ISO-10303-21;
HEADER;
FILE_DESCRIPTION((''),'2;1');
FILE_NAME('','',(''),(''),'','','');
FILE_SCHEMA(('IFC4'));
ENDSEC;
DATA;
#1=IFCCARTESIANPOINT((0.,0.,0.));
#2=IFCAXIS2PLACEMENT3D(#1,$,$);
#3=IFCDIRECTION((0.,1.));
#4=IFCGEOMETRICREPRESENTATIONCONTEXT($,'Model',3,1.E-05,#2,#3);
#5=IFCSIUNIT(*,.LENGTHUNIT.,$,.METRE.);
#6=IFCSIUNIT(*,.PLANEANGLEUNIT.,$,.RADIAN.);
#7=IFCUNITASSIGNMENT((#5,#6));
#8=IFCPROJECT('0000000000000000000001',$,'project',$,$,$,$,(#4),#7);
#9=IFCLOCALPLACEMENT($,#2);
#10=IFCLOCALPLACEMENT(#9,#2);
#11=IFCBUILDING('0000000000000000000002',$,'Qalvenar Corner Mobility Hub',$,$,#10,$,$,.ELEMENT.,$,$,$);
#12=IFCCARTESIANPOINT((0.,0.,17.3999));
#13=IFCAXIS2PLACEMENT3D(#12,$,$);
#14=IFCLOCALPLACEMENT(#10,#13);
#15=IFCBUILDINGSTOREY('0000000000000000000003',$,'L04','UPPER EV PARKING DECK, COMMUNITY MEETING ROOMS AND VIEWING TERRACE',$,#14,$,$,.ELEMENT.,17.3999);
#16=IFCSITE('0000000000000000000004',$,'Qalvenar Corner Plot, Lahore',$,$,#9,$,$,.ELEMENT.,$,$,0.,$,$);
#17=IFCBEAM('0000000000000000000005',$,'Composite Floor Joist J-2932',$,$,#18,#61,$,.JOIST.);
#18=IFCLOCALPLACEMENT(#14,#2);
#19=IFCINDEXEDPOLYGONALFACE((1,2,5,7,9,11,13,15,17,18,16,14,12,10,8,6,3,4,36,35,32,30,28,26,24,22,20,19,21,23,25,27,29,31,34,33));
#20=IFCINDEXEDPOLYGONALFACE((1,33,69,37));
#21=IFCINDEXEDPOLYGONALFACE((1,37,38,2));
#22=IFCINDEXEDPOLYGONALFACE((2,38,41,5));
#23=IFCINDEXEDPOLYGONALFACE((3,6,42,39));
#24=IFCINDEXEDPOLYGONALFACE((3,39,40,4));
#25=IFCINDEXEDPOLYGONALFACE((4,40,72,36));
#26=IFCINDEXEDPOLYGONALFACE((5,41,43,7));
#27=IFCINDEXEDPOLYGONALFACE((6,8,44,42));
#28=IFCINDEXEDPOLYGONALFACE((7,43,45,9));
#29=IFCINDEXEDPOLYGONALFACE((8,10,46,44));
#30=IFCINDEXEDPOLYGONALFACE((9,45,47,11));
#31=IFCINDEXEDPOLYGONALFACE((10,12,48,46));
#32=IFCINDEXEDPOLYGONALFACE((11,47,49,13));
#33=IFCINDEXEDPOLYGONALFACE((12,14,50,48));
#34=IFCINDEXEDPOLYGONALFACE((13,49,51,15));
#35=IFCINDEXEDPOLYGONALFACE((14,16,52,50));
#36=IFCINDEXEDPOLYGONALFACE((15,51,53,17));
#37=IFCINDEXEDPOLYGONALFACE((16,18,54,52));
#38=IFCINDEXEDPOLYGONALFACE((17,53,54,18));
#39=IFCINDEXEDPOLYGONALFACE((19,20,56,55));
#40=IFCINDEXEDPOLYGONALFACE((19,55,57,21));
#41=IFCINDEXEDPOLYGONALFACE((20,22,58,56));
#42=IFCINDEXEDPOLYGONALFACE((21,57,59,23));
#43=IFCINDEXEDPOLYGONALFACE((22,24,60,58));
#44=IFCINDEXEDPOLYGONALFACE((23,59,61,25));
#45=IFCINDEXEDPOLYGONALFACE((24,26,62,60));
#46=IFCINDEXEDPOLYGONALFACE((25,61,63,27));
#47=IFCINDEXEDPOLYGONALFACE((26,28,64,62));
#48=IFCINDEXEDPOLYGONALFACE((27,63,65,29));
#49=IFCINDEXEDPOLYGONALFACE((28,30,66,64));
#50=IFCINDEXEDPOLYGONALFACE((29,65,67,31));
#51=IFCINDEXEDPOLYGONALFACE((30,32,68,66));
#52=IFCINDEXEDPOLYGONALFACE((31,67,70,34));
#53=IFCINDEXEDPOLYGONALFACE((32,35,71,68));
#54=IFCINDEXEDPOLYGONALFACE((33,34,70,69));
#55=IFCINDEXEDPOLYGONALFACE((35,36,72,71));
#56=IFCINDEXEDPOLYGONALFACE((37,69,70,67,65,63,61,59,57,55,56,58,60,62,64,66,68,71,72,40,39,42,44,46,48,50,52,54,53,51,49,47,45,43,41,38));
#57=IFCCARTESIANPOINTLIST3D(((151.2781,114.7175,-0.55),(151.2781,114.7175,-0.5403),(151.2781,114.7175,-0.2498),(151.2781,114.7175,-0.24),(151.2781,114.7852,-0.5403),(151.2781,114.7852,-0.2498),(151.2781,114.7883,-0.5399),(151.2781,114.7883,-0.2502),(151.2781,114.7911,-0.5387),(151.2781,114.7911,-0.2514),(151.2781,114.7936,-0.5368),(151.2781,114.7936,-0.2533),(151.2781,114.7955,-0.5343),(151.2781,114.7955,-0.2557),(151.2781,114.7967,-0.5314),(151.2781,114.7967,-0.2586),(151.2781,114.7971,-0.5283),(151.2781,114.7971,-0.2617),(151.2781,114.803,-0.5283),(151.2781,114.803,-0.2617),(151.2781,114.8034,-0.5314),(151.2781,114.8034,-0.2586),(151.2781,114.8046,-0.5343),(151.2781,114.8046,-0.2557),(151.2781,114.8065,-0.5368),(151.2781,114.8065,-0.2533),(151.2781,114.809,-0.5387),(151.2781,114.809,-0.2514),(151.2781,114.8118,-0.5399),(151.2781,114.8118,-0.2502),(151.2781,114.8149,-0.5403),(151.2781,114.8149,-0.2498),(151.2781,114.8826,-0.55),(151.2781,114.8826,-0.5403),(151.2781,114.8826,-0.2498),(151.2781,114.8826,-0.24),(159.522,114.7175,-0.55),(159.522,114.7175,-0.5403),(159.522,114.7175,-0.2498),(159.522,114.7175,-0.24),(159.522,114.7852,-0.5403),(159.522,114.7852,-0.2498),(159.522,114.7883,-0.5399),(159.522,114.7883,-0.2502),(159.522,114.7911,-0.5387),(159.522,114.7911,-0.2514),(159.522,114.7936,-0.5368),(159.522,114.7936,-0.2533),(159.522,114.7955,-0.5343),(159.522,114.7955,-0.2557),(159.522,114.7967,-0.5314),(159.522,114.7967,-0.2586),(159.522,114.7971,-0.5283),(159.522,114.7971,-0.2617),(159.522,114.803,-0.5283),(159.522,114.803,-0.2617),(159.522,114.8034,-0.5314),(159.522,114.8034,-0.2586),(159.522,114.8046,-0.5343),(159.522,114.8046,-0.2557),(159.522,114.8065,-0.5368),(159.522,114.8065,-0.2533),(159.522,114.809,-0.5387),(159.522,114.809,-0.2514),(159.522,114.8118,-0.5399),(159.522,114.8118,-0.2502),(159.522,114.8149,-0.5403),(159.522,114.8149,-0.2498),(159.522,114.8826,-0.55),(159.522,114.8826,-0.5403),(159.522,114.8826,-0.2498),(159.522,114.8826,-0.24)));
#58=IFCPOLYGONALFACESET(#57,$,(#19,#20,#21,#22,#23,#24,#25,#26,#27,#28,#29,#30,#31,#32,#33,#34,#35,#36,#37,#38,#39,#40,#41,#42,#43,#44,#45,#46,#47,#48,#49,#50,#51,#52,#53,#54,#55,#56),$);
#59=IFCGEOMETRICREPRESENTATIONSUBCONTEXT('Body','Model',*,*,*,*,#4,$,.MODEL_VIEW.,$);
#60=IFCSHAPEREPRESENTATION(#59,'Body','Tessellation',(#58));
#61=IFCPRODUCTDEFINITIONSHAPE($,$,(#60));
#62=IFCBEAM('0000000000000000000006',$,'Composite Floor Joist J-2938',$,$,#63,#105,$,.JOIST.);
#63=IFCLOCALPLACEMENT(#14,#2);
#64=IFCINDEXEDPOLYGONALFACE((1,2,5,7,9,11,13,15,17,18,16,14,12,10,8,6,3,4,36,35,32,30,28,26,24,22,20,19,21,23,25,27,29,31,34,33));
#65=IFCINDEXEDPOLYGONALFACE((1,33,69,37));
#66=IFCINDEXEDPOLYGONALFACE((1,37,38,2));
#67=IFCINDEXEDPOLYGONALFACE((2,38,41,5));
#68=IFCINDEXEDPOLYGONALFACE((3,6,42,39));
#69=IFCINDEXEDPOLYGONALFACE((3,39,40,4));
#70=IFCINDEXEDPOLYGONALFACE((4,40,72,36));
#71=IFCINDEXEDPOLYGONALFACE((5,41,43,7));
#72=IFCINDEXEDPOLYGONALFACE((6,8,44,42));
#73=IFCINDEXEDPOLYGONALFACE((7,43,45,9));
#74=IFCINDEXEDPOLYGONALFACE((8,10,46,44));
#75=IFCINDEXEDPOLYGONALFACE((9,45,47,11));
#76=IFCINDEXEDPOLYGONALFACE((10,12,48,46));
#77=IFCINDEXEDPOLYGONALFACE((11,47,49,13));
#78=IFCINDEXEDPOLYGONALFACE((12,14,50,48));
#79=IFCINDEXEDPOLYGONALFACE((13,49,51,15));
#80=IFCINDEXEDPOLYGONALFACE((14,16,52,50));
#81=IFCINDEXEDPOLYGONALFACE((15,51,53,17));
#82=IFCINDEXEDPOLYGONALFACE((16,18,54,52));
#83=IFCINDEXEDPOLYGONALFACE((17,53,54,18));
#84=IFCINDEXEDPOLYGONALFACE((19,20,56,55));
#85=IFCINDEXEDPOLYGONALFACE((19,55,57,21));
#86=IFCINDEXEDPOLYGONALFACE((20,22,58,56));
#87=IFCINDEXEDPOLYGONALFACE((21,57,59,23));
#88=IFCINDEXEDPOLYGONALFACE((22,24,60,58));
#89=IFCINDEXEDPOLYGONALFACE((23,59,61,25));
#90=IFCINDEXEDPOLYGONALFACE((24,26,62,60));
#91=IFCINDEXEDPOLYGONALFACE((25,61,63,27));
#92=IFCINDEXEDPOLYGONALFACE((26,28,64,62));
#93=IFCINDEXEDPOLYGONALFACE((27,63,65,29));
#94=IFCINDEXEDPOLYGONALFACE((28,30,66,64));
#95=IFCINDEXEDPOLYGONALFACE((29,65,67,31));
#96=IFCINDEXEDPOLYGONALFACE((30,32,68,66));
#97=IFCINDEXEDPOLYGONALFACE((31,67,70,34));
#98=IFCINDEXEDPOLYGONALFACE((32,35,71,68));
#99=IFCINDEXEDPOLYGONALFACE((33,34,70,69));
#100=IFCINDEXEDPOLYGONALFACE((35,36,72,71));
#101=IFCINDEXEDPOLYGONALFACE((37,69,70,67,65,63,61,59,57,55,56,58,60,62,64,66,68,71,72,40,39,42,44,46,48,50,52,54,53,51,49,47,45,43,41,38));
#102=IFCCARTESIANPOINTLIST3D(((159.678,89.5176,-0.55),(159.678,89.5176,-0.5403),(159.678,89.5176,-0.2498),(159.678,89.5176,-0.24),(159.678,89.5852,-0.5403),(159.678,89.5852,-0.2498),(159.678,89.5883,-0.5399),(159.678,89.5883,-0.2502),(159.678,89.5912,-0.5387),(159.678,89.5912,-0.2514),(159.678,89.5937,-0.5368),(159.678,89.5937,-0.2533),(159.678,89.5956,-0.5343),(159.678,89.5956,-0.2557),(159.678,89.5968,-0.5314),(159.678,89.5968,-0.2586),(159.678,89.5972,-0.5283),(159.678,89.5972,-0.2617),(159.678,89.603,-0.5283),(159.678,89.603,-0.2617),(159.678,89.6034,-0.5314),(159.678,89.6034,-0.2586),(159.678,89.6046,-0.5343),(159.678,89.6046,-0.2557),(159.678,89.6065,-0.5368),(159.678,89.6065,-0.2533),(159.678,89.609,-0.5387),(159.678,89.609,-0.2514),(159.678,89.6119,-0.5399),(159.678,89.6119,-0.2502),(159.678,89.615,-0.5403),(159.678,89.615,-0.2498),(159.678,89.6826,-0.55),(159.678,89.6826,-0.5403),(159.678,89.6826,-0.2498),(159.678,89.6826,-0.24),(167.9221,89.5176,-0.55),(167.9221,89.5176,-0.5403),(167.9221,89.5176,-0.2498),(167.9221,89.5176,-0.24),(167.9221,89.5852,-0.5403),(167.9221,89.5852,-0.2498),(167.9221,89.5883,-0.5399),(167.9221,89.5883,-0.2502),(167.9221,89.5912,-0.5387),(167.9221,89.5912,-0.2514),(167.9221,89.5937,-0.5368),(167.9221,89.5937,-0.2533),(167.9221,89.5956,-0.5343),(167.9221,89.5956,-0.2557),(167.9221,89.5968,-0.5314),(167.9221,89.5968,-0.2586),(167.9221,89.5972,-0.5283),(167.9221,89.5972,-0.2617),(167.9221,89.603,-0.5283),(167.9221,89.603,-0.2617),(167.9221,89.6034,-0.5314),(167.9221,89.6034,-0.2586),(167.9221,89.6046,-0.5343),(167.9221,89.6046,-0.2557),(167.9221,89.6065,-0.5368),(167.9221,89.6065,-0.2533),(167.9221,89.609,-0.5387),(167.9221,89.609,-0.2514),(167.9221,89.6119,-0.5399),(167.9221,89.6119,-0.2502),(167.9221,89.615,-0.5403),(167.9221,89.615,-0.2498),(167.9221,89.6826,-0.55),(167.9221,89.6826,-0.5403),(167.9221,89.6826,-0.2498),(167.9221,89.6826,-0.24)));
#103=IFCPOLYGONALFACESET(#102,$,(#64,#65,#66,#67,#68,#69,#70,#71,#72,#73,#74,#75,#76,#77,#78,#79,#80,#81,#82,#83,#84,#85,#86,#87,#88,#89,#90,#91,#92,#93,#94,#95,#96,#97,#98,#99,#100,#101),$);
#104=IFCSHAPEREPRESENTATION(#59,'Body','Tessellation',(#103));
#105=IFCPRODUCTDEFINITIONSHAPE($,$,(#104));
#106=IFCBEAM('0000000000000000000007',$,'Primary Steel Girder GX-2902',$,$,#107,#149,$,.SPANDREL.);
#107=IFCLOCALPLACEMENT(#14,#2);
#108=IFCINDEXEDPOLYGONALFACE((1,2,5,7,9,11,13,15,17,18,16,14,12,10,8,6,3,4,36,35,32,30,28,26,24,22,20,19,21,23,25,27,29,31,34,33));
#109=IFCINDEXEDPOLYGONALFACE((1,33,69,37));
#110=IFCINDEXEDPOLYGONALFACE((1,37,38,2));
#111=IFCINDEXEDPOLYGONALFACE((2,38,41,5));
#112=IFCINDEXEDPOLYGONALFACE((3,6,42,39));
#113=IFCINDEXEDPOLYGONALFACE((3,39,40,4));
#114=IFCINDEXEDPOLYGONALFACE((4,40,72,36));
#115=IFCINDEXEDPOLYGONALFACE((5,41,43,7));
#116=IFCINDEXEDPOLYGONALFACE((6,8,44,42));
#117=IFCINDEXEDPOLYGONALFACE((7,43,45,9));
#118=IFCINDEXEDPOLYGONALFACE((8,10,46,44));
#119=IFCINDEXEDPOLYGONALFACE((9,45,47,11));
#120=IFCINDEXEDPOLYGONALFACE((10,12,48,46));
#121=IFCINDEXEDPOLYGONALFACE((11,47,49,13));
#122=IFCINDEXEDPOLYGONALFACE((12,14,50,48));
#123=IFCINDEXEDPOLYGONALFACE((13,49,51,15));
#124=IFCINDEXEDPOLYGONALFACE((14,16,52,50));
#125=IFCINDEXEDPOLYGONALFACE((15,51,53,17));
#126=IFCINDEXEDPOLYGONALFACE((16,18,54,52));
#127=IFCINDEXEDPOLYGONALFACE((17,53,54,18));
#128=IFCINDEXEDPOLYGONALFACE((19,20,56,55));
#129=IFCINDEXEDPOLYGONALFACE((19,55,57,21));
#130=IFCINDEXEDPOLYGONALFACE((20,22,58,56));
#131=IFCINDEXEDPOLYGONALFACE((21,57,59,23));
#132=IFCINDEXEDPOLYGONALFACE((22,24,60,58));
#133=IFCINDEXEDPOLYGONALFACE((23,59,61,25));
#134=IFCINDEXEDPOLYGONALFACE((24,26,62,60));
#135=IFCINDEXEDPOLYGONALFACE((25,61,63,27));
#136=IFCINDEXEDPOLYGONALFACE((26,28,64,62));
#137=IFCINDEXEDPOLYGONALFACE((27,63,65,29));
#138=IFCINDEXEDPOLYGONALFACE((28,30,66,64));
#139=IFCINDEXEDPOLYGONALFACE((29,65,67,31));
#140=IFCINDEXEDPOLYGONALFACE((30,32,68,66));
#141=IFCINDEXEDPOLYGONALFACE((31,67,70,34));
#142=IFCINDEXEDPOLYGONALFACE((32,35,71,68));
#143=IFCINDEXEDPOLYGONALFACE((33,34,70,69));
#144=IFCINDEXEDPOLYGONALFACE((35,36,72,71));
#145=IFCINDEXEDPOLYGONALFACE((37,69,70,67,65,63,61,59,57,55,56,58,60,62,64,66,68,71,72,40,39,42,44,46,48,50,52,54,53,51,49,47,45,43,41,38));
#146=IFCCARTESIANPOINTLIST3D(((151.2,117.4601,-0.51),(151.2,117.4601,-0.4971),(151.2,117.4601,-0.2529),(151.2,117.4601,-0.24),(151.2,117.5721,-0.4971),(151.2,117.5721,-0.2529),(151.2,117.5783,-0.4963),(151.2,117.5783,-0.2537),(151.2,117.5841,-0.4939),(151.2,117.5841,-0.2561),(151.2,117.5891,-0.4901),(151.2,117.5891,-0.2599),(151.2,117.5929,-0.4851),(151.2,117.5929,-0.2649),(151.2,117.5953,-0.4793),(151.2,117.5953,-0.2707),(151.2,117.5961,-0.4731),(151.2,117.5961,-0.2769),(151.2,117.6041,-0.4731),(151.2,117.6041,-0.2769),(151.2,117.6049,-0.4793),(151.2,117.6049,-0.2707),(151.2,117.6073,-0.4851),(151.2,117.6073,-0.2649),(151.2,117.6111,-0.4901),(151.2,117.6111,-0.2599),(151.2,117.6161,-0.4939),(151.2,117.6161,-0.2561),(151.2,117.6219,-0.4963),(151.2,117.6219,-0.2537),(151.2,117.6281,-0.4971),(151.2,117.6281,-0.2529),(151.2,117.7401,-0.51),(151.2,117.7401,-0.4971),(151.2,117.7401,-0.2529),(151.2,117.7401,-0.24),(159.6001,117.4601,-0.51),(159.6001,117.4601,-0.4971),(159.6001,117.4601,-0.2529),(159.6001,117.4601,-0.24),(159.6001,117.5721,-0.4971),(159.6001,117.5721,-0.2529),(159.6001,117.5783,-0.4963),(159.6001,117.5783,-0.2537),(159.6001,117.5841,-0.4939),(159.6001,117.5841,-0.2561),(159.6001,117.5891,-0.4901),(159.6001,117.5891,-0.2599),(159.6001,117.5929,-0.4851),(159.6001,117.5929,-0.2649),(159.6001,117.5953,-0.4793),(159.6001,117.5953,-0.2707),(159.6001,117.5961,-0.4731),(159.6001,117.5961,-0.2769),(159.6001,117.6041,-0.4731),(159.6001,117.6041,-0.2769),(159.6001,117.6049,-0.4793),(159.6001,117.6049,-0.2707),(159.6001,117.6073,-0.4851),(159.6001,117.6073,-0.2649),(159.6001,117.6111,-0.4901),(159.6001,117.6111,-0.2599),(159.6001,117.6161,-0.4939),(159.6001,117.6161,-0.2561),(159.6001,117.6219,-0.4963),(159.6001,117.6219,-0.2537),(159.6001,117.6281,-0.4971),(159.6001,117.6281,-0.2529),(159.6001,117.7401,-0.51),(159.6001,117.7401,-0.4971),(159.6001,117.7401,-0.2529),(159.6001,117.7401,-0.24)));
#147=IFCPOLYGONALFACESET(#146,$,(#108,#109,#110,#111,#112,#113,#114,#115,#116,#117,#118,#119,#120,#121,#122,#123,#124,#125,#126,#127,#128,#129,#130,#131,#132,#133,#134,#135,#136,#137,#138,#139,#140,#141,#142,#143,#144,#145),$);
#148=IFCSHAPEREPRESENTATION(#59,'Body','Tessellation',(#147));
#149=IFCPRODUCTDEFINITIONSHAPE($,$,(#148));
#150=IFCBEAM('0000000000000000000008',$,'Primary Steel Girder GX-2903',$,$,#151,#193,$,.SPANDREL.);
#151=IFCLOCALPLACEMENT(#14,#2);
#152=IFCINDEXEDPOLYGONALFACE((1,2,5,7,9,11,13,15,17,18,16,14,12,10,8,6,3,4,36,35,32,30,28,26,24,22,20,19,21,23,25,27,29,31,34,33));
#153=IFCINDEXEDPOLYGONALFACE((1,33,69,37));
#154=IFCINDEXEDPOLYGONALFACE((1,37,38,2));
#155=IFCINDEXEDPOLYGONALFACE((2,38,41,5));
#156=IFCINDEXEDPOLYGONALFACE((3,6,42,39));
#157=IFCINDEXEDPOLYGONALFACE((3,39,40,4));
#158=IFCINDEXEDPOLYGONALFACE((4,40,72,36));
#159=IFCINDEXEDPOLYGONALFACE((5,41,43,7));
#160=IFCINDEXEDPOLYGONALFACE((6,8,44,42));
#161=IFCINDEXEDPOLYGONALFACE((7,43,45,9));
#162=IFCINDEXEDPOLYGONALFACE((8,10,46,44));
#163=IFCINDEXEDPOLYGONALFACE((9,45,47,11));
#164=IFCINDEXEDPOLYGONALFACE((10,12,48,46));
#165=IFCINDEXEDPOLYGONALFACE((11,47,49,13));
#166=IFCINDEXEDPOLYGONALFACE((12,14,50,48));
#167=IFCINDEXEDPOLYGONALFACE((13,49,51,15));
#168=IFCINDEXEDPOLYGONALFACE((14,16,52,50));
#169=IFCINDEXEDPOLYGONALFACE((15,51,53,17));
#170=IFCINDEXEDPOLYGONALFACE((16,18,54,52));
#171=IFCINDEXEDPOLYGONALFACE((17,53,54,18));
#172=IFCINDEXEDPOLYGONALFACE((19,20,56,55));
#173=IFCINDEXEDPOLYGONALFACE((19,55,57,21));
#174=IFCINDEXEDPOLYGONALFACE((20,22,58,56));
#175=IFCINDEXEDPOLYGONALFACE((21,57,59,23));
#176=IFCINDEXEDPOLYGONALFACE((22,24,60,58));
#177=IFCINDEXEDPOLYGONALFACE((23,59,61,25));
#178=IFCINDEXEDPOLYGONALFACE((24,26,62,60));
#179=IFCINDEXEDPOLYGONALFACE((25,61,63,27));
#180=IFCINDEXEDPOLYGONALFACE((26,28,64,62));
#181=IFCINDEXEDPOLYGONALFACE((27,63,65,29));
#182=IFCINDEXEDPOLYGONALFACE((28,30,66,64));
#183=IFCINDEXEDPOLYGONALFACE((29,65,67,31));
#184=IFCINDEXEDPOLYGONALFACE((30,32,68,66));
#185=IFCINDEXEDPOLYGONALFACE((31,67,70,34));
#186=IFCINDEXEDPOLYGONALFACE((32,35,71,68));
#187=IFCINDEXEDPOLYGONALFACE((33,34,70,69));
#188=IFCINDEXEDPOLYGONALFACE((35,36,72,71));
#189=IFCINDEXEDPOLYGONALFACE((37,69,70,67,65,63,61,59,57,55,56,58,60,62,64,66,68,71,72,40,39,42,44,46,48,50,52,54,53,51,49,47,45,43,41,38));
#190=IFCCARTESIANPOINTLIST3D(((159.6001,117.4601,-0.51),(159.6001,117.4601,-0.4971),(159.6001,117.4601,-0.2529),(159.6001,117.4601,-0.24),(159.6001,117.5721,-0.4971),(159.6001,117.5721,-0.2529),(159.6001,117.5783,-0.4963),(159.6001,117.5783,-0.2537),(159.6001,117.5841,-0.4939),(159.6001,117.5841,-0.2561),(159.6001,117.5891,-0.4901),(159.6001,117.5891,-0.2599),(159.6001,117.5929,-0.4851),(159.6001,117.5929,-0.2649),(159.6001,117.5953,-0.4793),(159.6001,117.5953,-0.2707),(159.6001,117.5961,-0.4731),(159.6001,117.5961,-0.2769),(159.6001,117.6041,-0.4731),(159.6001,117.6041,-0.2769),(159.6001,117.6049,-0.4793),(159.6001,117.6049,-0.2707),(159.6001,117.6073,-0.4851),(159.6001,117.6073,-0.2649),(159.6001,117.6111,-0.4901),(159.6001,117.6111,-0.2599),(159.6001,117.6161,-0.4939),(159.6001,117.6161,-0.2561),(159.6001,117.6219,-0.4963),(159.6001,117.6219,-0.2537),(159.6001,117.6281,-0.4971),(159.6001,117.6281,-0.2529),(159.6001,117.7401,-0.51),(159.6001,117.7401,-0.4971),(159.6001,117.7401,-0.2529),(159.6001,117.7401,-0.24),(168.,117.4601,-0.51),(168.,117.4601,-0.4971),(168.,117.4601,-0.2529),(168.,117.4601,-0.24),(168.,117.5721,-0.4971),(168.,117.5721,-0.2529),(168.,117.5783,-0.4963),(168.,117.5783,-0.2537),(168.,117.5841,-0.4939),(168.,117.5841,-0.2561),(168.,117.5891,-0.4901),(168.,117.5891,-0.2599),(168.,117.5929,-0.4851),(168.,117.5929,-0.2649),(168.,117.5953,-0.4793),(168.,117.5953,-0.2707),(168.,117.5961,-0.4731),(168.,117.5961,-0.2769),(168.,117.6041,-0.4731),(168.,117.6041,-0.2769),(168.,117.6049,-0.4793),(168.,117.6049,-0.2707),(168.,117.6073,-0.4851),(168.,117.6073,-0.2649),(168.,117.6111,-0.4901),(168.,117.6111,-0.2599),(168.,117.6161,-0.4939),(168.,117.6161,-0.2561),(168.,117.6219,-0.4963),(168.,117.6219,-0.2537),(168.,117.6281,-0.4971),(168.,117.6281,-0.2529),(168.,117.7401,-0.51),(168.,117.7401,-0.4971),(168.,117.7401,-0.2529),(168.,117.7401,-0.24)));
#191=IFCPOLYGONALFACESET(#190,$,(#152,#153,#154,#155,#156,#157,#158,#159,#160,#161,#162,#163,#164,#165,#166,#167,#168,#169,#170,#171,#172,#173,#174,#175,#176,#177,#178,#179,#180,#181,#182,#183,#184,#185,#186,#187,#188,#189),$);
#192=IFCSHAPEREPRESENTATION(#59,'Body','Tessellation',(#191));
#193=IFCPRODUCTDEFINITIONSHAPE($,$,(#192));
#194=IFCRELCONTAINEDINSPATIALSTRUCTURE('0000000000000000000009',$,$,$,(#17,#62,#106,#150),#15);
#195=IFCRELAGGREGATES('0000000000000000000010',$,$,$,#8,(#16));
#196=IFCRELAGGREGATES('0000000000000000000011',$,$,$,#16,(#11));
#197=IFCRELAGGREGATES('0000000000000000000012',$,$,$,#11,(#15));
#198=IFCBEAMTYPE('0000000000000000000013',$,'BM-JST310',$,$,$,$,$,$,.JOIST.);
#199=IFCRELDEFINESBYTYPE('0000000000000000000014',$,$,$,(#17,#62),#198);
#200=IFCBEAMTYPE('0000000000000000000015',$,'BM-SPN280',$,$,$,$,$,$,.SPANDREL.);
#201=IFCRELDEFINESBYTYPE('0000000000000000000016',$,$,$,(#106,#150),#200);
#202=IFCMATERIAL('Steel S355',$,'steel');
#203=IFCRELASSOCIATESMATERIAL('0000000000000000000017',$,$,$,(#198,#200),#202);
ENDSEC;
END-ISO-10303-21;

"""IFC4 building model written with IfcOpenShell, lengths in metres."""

from ifc_helpers import new_model, si_unit, direction, frame, origin, origin_2d, place, context, subcontext, project, spatial, i_section, extrude, material, material_profile, profile_set, type_object, element, save


model = new_model("IFC4")

# Units and contexts
model_context = context("Model", 3, precision=1e-05, world=origin(), true_north=direction((0.0, 1.0)))
body_context = subcontext(model_context, "Body", "Model", "MODEL_VIEW")
ifc_project = project(units=[si_unit("LENGTHUNIT", "METRE"), si_unit("PLANEANGLEUNIT", "RADIAN")], contexts=[model_context])

# Site, building, storey
site_placement = place(None, origin())
site = spatial("IfcSite", under=ifc_project, at=site_placement, Name="Qalvenar Corner Plot, Lahore", CompositionType="ELEMENT", RefElevation=0.0)
building_placement = place(site_placement, origin())
building = spatial("IfcBuilding", under=site, at=building_placement, Name="Qalvenar Corner Mobility Hub", CompositionType="ELEMENT")
storey_placement = place(building_placement, frame((0.0, 0.0, 17.3999)))
storey = spatial("IfcBuildingStorey", under=building, at=storey_placement, Name="L04", Description="UPPER EV PARKING DECK, COMMUNITY MEETING ROOMS AND VIEWING TERRACE", CompositionType="ELEMENT", Elevation=17.3999)

# Shared definitions
ifc_material_1 = material(Name="Steel S355", Category="steel")

# Beams
ifc_material_profile_1 = material_profile(ifc_material_1, i_section(OverallWidth=0.165, OverallDepth=0.3101, WebThickness=0.0059, FlangeThickness=0.0098, FilletRadius=0.012, at=origin_2d()), Name="W310x38.7")
ifc_profile_set_1 = profile_set([ifc_material_profile_1], Name="Steel S355")
beam_type_1 = type_object("IfcBeamType", Name="BM-JST310", PredefinedType="JOIST", material=ifc_profile_set_1)
for number, where, z_axis, x_axis, name in (
    (1, (151.2781, 114.8, -0.395), (1.0, 0.0, 0.0), (0.0, 1.0, 0.0), "Composite Floor Joist J-2932"),
):
    element("IfcBeam", number, at=place(storey_placement, frame(where, z_axis=z_axis, x_axis=x_axis)), inside=storey, type_object=beam_type_1, Name=name, PredefinedType="JOIST", context=body_context, shape_type="SweptSolid", body=[
        extrude(i_section(OverallWidth=0.165, OverallDepth=0.3101, WebThickness=0.0059, FlangeThickness=0.0098, FilletRadius=0.012, at=origin_2d()), origin(), (0.0, 0.0, 1.0), 8.2439),
    ])
beam_1_placement = place(storey_placement, frame((159.678, 89.6001, -0.395), z_axis=(1.0, 0.0, 0.0), x_axis=(0.0, 1.0, 0.0)))
element("IfcBeam", 2, at=beam_1_placement, inside=storey, type_object=beam_type_1, Name="Composite Floor Joist J-2938", PredefinedType="JOIST", context=body_context, shape_type="SweptSolid", body=[
    extrude(i_section(OverallWidth=0.165, OverallDepth=0.3101, WebThickness=0.0059, FlangeThickness=0.0098, FilletRadius=0.012, at=origin_2d()), origin(), (0.0, 0.0, 1.0), 8.2441),
])
ifc_material_profile_2 = material_profile(ifc_material_1, i_section(OverallWidth=0.28, OverallDepth=0.27, WebThickness=0.0081, FlangeThickness=0.0129, FilletRadius=0.0239, at=origin_2d()), Name="HEA280")
ifc_profile_set_2 = profile_set([ifc_material_profile_2], Name="Steel S355")
beam_type_2 = type_object("IfcBeamType", Name="BM-SPN280", PredefinedType="SPANDREL", material=ifc_profile_set_2)
beam_2_placement = place(storey_placement, frame((151.2, 117.6001, -0.375), z_axis=(1.0, 0.0, 0.0), x_axis=(0.0, 1.0, 0.0)))
element("IfcBeam", 3, at=beam_2_placement, inside=storey, type_object=beam_type_2, Name="Primary Steel Girder GX-2902", PredefinedType="SPANDREL", context=body_context, shape_type="SweptSolid", body=[
    extrude(i_section(OverallWidth=0.28, OverallDepth=0.27, WebThickness=0.0081, FlangeThickness=0.0129, FilletRadius=0.0239, at=origin_2d()), origin(), (0.0, 0.0, 1.0), 8.4001),
])
beam_3_placement = place(storey_placement, frame((159.6001, 117.6001, -0.375), z_axis=(1.0, 0.0, 0.0), x_axis=(0.0, 1.0, 0.0)))
element("IfcBeam", 4, at=beam_3_placement, inside=storey, type_object=beam_type_2, Name="Primary Steel Girder GX-2903", PredefinedType="SPANDREL", context=body_context, shape_type="SweptSolid", body=[
    extrude(i_section(OverallWidth=0.28, OverallDepth=0.27, WebThickness=0.0081, FlangeThickness=0.0129, FilletRadius=0.0239, at=origin_2d()), origin(), (0.0, 0.0, 1.0), 8.3999),
])

save(model, "model.ifc")
